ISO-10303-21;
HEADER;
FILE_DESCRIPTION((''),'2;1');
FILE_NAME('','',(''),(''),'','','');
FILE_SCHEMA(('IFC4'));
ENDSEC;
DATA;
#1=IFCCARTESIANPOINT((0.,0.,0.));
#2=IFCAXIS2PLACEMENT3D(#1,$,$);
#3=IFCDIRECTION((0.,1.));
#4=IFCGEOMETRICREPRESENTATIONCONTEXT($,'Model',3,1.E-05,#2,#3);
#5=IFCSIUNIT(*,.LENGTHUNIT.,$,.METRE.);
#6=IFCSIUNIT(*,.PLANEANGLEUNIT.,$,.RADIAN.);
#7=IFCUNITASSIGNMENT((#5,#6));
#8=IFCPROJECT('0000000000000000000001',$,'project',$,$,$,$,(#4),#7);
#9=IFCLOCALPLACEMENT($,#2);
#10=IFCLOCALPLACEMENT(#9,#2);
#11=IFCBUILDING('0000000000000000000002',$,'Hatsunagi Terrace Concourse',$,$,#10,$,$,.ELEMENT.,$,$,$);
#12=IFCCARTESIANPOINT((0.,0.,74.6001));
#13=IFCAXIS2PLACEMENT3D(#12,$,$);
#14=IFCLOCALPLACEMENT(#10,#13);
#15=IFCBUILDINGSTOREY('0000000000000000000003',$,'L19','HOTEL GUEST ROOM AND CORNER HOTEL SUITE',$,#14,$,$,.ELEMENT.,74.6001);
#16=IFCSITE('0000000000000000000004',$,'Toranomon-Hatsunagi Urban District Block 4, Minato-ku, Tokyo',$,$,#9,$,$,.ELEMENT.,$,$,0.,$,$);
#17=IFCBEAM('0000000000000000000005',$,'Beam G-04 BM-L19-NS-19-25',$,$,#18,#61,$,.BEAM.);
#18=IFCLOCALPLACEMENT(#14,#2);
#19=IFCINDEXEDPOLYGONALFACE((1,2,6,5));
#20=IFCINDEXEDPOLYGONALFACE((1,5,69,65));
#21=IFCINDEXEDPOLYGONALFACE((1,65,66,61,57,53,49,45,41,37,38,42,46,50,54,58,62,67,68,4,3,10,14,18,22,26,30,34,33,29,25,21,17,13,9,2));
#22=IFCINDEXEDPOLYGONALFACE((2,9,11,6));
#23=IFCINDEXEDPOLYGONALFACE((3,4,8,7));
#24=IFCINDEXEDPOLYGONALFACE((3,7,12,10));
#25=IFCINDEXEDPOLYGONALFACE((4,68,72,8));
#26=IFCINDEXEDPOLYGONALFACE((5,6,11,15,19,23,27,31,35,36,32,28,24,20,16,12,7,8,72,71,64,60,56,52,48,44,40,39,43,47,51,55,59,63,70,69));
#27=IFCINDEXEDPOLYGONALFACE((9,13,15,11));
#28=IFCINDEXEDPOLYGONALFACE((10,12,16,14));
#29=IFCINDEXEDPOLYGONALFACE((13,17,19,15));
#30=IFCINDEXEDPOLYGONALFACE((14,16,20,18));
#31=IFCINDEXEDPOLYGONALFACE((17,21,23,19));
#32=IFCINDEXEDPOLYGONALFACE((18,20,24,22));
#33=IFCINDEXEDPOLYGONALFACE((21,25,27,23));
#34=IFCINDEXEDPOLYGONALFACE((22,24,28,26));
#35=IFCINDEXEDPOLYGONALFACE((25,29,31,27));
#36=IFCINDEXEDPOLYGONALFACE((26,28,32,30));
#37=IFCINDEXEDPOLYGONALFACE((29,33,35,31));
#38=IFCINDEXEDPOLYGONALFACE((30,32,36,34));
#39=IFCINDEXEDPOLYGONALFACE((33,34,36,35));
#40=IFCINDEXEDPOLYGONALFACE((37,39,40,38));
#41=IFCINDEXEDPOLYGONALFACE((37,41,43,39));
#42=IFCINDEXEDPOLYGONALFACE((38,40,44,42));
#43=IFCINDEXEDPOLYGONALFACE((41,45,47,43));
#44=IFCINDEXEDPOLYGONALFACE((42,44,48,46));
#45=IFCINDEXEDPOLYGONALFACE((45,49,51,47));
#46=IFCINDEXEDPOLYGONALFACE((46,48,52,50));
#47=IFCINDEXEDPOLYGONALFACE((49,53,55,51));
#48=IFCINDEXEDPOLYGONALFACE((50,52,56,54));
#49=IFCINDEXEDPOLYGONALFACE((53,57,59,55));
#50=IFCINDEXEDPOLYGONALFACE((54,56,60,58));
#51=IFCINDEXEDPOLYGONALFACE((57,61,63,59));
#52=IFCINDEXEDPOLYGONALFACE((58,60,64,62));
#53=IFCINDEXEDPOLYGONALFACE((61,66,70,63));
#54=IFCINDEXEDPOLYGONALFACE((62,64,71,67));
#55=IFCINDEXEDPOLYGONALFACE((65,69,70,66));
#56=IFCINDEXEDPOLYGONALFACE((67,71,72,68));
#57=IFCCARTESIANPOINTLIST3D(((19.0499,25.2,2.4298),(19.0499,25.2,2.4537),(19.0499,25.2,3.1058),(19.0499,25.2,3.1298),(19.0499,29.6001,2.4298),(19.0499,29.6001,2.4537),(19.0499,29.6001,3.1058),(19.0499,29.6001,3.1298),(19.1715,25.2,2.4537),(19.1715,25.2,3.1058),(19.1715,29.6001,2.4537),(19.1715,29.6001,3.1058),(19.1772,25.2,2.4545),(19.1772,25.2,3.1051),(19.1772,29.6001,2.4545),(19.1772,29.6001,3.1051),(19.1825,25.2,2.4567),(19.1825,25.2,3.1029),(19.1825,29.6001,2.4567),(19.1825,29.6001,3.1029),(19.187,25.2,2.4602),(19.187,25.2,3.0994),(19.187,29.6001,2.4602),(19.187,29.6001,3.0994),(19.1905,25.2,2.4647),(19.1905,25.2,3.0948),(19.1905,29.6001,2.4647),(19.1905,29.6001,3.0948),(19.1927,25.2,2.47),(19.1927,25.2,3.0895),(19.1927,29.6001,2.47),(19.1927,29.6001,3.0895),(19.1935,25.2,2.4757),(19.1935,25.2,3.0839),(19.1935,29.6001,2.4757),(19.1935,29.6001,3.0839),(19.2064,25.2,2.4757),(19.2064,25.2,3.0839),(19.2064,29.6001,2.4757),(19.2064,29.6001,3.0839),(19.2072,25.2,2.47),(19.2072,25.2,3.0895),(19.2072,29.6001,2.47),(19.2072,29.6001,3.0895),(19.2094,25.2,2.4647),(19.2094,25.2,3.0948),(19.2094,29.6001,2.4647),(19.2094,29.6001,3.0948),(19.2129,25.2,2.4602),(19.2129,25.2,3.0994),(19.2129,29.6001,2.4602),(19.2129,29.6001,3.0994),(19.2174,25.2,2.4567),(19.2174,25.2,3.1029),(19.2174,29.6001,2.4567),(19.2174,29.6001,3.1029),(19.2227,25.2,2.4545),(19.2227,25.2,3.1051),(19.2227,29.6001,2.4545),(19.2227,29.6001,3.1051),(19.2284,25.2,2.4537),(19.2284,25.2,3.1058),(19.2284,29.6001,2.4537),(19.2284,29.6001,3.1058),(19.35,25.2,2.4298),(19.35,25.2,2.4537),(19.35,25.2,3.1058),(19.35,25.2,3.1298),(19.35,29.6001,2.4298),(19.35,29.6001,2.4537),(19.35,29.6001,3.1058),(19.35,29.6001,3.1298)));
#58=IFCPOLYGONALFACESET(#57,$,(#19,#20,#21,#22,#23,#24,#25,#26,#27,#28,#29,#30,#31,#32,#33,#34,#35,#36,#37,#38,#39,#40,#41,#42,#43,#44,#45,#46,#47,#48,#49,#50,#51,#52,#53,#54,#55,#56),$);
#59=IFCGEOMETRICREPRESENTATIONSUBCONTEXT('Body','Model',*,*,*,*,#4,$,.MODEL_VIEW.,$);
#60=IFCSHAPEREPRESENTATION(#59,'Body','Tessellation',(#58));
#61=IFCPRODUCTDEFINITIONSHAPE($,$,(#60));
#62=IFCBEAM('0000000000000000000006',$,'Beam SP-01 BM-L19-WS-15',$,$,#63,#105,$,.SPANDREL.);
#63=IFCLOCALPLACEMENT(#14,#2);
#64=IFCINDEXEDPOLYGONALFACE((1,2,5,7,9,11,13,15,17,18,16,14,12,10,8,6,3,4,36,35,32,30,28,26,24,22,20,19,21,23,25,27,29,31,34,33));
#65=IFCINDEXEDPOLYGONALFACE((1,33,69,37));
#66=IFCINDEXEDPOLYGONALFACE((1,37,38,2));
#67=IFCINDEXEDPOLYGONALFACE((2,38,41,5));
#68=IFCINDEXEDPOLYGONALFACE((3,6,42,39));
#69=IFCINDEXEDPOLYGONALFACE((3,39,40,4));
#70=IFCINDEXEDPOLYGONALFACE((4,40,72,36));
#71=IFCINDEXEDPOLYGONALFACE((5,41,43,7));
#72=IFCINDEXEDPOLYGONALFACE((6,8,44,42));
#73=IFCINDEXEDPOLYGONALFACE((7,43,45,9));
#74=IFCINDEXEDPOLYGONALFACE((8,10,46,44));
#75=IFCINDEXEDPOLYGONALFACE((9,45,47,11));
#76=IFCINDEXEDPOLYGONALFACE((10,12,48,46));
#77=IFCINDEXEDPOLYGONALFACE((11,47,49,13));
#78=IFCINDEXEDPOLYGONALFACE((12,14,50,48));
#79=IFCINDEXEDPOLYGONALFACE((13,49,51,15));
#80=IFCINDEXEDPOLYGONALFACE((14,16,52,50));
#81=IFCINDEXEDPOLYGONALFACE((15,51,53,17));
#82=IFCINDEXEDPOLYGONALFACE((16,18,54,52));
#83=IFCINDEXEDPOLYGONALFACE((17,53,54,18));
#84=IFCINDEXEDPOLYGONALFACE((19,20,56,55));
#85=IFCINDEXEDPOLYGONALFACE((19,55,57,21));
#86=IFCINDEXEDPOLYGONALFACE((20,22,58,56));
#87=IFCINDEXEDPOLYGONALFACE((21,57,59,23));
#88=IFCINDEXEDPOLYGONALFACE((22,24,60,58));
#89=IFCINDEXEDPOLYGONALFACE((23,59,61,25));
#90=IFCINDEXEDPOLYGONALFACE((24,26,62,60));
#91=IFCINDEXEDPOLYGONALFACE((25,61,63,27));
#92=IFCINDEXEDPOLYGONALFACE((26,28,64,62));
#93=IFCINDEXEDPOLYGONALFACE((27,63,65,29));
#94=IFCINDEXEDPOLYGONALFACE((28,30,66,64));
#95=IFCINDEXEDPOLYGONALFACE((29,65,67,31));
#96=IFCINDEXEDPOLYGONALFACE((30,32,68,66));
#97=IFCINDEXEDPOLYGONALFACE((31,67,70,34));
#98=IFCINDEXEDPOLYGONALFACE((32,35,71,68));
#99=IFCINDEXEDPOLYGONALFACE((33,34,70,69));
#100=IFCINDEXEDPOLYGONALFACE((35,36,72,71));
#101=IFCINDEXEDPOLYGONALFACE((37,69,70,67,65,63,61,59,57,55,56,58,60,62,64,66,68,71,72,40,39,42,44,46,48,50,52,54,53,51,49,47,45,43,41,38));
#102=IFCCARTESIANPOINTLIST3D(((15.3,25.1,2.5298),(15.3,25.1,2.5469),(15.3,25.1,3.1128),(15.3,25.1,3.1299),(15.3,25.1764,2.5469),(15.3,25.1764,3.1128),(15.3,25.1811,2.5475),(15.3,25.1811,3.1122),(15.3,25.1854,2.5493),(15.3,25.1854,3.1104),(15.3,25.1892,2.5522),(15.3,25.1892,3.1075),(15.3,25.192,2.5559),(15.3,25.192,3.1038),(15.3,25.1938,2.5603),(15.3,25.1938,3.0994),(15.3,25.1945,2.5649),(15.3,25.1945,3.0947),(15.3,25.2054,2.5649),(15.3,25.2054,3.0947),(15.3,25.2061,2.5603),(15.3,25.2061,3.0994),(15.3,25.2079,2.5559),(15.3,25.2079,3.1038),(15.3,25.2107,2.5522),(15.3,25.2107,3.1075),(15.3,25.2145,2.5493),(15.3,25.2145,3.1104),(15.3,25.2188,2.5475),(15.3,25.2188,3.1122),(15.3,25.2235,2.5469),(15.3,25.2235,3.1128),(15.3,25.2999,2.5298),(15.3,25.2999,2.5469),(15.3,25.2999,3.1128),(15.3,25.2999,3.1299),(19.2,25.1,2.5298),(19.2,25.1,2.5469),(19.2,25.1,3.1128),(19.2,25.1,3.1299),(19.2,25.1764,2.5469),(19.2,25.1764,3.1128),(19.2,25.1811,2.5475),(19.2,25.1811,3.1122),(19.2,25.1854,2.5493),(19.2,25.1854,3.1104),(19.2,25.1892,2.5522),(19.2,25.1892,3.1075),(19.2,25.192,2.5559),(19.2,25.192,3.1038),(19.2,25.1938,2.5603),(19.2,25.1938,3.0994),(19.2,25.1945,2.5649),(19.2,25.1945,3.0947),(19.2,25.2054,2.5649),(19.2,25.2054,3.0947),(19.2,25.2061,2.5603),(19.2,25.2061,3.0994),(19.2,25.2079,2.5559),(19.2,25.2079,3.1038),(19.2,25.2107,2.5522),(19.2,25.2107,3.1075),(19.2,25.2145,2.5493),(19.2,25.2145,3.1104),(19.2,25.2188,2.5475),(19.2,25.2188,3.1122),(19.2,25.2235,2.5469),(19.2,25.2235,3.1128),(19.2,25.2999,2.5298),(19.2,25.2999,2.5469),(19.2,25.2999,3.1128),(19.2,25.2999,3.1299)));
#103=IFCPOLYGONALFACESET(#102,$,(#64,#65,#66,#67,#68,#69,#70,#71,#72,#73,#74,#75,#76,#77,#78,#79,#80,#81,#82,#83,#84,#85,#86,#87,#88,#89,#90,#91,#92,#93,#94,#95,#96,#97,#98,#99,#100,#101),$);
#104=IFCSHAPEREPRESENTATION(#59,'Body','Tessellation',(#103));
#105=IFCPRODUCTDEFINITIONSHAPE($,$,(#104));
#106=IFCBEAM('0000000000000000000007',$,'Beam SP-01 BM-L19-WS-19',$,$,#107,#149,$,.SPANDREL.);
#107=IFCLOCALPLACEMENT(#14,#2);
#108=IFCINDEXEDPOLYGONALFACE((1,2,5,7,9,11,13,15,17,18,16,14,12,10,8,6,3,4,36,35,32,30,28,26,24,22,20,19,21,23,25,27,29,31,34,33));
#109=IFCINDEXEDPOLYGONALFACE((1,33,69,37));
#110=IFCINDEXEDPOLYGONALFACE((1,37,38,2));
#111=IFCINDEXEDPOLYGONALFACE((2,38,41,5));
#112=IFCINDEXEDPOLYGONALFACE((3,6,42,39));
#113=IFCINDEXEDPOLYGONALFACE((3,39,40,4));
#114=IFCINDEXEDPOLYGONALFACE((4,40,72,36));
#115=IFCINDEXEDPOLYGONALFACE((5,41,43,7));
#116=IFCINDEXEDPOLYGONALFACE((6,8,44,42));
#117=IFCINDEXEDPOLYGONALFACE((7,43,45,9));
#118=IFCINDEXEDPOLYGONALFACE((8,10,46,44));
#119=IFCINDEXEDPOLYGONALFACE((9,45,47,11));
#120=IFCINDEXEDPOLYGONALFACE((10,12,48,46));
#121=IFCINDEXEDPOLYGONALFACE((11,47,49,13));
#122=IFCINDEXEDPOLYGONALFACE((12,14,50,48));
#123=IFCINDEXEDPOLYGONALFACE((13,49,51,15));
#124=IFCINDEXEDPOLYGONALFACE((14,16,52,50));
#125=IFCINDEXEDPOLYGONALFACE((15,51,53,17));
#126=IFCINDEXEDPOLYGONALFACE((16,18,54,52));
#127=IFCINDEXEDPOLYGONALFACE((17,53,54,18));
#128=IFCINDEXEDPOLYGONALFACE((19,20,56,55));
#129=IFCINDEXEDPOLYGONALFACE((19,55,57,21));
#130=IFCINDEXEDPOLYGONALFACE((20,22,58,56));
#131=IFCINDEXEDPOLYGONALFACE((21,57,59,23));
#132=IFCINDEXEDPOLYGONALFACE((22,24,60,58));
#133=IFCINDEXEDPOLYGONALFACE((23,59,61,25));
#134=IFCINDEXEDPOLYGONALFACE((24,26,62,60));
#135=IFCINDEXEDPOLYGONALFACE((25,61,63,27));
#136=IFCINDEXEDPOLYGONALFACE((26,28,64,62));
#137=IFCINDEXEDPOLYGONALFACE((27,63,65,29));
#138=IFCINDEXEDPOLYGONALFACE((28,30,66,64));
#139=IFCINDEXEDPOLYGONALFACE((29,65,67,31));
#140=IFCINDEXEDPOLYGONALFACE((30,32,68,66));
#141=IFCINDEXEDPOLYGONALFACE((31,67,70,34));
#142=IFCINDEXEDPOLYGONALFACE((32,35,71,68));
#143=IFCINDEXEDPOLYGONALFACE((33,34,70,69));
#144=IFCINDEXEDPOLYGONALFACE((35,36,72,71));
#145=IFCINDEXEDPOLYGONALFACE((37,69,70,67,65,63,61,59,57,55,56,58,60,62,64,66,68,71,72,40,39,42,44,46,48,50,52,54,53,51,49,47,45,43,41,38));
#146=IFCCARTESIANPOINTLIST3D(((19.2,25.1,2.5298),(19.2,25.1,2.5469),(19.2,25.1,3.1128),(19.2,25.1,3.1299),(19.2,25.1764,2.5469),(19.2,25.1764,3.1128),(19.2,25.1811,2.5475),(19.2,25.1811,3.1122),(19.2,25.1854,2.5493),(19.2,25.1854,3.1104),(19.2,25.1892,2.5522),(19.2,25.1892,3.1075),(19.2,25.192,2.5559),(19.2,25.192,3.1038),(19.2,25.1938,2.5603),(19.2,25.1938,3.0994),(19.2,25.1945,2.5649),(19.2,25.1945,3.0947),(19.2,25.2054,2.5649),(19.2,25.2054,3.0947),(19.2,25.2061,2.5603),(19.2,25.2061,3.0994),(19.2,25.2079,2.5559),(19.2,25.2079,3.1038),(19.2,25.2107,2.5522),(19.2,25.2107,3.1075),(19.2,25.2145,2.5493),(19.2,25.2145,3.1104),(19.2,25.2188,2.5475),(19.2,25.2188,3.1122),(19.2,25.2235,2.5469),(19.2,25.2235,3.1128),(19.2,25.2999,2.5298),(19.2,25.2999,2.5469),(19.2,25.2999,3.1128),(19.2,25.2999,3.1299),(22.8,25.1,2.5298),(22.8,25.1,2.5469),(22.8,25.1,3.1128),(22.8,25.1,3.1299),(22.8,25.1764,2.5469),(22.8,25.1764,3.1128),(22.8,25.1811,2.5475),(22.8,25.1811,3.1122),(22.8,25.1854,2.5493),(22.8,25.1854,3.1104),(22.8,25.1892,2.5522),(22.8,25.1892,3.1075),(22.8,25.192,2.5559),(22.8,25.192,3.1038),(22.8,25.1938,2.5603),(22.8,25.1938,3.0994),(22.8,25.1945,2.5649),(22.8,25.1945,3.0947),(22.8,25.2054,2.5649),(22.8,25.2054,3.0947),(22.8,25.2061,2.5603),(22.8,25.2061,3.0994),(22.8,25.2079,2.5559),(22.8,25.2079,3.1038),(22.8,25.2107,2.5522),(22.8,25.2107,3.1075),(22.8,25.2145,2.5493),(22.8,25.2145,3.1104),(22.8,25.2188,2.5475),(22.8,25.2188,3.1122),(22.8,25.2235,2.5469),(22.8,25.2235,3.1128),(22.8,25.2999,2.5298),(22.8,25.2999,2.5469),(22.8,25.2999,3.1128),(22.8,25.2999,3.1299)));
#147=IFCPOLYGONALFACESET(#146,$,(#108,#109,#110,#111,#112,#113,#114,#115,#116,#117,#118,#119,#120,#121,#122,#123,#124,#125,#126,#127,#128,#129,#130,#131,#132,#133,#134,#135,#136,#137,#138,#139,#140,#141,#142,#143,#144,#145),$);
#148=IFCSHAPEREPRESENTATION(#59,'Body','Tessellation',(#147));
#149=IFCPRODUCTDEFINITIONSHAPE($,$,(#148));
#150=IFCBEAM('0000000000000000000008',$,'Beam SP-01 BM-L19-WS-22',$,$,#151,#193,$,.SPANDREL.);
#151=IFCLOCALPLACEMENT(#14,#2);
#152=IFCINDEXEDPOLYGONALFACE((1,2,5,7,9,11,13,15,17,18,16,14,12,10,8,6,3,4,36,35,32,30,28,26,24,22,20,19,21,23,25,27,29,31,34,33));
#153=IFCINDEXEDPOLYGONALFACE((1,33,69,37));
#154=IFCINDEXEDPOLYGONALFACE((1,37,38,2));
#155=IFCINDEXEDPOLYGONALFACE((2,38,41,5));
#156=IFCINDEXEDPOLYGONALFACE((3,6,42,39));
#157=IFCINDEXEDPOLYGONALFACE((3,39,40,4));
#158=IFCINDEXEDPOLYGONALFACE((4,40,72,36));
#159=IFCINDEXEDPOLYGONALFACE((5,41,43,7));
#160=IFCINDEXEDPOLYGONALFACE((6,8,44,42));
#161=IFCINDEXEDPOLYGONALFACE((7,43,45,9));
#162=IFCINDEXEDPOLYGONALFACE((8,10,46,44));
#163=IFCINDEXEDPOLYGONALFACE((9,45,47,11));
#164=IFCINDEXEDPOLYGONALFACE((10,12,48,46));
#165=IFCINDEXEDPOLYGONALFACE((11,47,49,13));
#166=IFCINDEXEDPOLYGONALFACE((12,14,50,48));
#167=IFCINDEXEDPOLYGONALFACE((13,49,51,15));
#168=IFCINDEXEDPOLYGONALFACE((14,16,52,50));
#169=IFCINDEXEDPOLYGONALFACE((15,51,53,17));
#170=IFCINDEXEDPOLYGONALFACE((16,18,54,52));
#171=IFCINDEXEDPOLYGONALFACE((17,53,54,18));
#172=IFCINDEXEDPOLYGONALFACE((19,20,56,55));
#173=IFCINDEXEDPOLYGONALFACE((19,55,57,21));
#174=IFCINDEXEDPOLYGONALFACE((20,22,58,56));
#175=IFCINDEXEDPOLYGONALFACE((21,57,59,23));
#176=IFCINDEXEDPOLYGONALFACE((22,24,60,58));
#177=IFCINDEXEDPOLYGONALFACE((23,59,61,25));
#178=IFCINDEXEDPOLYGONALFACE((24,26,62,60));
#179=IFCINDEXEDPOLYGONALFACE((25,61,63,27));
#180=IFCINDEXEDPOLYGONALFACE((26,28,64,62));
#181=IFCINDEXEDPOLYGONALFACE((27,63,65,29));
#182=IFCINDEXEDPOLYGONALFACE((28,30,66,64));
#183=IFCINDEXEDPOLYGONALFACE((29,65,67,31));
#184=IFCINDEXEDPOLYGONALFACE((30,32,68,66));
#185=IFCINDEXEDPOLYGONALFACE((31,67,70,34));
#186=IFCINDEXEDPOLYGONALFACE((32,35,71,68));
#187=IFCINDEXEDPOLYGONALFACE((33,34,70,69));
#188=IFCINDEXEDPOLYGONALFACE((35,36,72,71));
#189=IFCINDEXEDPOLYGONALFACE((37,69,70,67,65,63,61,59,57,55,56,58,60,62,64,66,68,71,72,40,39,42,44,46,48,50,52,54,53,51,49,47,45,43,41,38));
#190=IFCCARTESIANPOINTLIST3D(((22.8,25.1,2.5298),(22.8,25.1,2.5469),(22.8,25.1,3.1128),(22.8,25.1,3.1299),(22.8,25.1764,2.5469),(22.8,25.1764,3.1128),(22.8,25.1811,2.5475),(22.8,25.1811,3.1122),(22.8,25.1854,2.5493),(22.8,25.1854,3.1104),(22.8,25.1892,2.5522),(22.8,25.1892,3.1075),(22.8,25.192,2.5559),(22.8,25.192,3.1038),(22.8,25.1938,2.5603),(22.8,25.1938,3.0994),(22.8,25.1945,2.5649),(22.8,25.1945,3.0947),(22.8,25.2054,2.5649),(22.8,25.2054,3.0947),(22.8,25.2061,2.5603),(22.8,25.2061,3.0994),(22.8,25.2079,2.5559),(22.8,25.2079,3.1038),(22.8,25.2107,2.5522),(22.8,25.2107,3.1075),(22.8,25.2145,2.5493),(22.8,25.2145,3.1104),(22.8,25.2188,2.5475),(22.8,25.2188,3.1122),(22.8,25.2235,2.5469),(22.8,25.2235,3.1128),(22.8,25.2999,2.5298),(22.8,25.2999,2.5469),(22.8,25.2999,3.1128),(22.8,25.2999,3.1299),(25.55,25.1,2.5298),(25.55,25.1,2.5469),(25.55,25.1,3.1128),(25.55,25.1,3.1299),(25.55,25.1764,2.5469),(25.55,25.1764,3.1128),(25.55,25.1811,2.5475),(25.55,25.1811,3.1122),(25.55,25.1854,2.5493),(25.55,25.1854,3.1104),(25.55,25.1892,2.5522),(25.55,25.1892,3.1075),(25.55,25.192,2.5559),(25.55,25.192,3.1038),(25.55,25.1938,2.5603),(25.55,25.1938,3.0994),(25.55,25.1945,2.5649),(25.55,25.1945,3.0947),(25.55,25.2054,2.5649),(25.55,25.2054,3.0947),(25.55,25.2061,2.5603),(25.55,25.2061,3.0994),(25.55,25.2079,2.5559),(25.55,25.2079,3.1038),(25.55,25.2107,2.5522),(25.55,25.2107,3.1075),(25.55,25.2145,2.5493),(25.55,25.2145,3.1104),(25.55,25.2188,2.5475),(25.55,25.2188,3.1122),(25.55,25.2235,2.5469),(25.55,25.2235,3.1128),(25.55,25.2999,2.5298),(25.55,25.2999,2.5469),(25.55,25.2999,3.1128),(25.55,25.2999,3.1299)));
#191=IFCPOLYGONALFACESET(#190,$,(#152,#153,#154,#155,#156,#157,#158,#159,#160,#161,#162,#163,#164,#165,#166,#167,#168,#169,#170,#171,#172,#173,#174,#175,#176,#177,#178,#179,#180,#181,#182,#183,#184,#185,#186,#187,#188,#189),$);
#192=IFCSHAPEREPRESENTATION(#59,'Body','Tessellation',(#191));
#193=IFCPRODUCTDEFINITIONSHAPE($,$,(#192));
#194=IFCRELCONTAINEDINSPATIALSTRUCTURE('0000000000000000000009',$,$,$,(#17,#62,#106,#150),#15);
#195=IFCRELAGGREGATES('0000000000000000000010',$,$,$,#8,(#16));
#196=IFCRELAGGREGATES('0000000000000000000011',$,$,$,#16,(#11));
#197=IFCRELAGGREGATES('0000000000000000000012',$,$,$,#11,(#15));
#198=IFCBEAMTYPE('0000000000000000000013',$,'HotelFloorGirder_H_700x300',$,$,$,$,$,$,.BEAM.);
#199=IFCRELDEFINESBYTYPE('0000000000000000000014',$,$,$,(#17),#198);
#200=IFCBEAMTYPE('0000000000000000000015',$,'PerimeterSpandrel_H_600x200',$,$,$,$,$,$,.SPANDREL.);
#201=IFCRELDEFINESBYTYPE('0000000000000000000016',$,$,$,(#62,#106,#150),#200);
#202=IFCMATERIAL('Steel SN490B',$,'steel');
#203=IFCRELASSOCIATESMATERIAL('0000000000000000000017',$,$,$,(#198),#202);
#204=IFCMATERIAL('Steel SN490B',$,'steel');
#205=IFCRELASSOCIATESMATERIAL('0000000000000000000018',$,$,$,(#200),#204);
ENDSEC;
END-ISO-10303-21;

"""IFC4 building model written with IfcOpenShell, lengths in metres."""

from ifc_helpers import new_model, si_unit, direction, frame, origin, origin_2d, place, context, subcontext, project, spatial, i_section, extrude, material, material_profile, profile_set, type_object, element, save


model = new_model("IFC4")

# Units and contexts
model_context = context("Model", 3, precision=1e-05, world=origin(), true_north=direction((0.0, 1.0)))
body_context = subcontext(model_context, "Body", "Model", "MODEL_VIEW")
ifc_project = project(units=[si_unit("LENGTHUNIT", "METRE"), si_unit("PLANEANGLEUNIT", "RADIAN")], contexts=[model_context])

# Site, building, storey
site_placement = place(None, origin())
site = spatial("IfcSite", under=ifc_project, at=site_placement, Name="Toranomon-Hatsunagi Urban District Block 4, Minato-ku, Tokyo", CompositionType="ELEMENT", RefElevation=0.0)
building_placement = place(site_placement, origin())
building = spatial("IfcBuilding", under=site, at=building_placement, Name="Hatsunagi Terrace Concourse", CompositionType="ELEMENT")
storey_placement = place(building_placement, frame((0.0, 0.0, 74.6001)))
storey = spatial("IfcBuildingStorey", under=building, at=storey_placement, Name="L19", Description="HOTEL GUEST ROOM AND CORNER HOTEL SUITE", CompositionType="ELEMENT", Elevation=74.6001)

# Beams
ifc_material_1 = material(Name="Steel SN490B", Category="steel")
ifc_material_profile_1 = material_profile(ifc_material_1, i_section(OverallWidth=0.3, OverallDepth=0.7, WebThickness=0.0129, FlangeThickness=0.0239, FilletRadius=0.022, at=origin_2d()), Name="H-700x300x13x24")
ifc_profile_set_1 = profile_set([ifc_material_profile_1], Name="Steel SN490B")
beam_type_1 = type_object("IfcBeamType", Name="HotelFloorGirder_H_700x300", PredefinedType="BEAM", material=ifc_profile_set_1)
beam_1_placement = place(storey_placement, frame((19.2, 25.2, 2.7798), z_axis=(0.0, 1.0, 0.0), x_axis=(-1.0, 0.0, 0.0)))
element("IfcBeam", 1, at=beam_1_placement, inside=storey, type_object=beam_type_1, Name="Beam G-04 BM-L19-NS-19-25", PredefinedType="BEAM", context=body_context, shape_type="SweptSolid", body=[
    extrude(i_section(OverallWidth=0.3, OverallDepth=0.7, WebThickness=0.0129, FlangeThickness=0.0239, FilletRadius=0.022, at=origin_2d()), origin(), (0.0, 0.0, 1.0), 4.4001),
])
ifc_material_2 = material(Name="Steel SN490B", Category="steel")
ifc_material_profile_2 = material_profile(ifc_material_2, i_section(OverallWidth=0.2, OverallDepth=0.6001, WebThickness=0.011, FlangeThickness=0.0171, FilletRadius=0.0181, at=origin_2d()), Name="H-600x200x11x17")
ifc_profile_set_2 = profile_set([ifc_material_profile_2], Name="Steel SN490B")
beam_type_2 = type_object("IfcBeamType", Name="PerimeterSpandrel_H_600x200", PredefinedType="SPANDREL", material=ifc_profile_set_2)
beam_2_placement = place(storey_placement, frame((15.3, 25.2, 2.8298), z_axis=(1.0, 0.0, 0.0), x_axis=(0.0, 1.0, 0.0)))
element("IfcBeam", 2, at=beam_2_placement, inside=storey, type_object=beam_type_2, Name="Beam SP-01 BM-L19-WS-15", PredefinedType="SPANDREL", context=body_context, shape_type="SweptSolid", body=[
    extrude(i_section(OverallWidth=0.2, OverallDepth=0.6001, WebThickness=0.011, FlangeThickness=0.0171, FilletRadius=0.0181, at=origin_2d()), origin(), (0.0, 0.0, 1.0), 3.8999),
])
beam_3_placement = place(storey_placement, frame((19.2, 25.2, 2.8298), z_axis=(1.0, 0.0, 0.0), x_axis=(0.0, 1.0, 0.0)))
element("IfcBeam", 3, at=beam_3_placement, inside=storey, type_object=beam_type_2, Name="Beam SP-01 BM-L19-WS-19", PredefinedType="SPANDREL", context=body_context, shape_type="SweptSolid", body=[
    extrude(i_section(OverallWidth=0.2, OverallDepth=0.6001, WebThickness=0.011, FlangeThickness=0.0171, FilletRadius=0.0181, at=origin_2d()), origin(), (0.0, 0.0, 1.0), 3.6001),
])
beam_4_placement = place(storey_placement, frame((22.8, 25.2, 2.8298), z_axis=(1.0, 0.0, 0.0), x_axis=(0.0, 1.0, 0.0)))
element("IfcBeam", 4, at=beam_4_placement, inside=storey, type_object=beam_type_2, Name="Beam SP-01 BM-L19-WS-22", PredefinedType="SPANDREL", context=body_context, shape_type="SweptSolid", body=[
    extrude(i_section(OverallWidth=0.2, OverallDepth=0.6001, WebThickness=0.011, FlangeThickness=0.0171, FilletRadius=0.0181, at=origin_2d()), origin(), (0.0, 0.0, 1.0), 2.75),
])

save(model, "model.ifc")
